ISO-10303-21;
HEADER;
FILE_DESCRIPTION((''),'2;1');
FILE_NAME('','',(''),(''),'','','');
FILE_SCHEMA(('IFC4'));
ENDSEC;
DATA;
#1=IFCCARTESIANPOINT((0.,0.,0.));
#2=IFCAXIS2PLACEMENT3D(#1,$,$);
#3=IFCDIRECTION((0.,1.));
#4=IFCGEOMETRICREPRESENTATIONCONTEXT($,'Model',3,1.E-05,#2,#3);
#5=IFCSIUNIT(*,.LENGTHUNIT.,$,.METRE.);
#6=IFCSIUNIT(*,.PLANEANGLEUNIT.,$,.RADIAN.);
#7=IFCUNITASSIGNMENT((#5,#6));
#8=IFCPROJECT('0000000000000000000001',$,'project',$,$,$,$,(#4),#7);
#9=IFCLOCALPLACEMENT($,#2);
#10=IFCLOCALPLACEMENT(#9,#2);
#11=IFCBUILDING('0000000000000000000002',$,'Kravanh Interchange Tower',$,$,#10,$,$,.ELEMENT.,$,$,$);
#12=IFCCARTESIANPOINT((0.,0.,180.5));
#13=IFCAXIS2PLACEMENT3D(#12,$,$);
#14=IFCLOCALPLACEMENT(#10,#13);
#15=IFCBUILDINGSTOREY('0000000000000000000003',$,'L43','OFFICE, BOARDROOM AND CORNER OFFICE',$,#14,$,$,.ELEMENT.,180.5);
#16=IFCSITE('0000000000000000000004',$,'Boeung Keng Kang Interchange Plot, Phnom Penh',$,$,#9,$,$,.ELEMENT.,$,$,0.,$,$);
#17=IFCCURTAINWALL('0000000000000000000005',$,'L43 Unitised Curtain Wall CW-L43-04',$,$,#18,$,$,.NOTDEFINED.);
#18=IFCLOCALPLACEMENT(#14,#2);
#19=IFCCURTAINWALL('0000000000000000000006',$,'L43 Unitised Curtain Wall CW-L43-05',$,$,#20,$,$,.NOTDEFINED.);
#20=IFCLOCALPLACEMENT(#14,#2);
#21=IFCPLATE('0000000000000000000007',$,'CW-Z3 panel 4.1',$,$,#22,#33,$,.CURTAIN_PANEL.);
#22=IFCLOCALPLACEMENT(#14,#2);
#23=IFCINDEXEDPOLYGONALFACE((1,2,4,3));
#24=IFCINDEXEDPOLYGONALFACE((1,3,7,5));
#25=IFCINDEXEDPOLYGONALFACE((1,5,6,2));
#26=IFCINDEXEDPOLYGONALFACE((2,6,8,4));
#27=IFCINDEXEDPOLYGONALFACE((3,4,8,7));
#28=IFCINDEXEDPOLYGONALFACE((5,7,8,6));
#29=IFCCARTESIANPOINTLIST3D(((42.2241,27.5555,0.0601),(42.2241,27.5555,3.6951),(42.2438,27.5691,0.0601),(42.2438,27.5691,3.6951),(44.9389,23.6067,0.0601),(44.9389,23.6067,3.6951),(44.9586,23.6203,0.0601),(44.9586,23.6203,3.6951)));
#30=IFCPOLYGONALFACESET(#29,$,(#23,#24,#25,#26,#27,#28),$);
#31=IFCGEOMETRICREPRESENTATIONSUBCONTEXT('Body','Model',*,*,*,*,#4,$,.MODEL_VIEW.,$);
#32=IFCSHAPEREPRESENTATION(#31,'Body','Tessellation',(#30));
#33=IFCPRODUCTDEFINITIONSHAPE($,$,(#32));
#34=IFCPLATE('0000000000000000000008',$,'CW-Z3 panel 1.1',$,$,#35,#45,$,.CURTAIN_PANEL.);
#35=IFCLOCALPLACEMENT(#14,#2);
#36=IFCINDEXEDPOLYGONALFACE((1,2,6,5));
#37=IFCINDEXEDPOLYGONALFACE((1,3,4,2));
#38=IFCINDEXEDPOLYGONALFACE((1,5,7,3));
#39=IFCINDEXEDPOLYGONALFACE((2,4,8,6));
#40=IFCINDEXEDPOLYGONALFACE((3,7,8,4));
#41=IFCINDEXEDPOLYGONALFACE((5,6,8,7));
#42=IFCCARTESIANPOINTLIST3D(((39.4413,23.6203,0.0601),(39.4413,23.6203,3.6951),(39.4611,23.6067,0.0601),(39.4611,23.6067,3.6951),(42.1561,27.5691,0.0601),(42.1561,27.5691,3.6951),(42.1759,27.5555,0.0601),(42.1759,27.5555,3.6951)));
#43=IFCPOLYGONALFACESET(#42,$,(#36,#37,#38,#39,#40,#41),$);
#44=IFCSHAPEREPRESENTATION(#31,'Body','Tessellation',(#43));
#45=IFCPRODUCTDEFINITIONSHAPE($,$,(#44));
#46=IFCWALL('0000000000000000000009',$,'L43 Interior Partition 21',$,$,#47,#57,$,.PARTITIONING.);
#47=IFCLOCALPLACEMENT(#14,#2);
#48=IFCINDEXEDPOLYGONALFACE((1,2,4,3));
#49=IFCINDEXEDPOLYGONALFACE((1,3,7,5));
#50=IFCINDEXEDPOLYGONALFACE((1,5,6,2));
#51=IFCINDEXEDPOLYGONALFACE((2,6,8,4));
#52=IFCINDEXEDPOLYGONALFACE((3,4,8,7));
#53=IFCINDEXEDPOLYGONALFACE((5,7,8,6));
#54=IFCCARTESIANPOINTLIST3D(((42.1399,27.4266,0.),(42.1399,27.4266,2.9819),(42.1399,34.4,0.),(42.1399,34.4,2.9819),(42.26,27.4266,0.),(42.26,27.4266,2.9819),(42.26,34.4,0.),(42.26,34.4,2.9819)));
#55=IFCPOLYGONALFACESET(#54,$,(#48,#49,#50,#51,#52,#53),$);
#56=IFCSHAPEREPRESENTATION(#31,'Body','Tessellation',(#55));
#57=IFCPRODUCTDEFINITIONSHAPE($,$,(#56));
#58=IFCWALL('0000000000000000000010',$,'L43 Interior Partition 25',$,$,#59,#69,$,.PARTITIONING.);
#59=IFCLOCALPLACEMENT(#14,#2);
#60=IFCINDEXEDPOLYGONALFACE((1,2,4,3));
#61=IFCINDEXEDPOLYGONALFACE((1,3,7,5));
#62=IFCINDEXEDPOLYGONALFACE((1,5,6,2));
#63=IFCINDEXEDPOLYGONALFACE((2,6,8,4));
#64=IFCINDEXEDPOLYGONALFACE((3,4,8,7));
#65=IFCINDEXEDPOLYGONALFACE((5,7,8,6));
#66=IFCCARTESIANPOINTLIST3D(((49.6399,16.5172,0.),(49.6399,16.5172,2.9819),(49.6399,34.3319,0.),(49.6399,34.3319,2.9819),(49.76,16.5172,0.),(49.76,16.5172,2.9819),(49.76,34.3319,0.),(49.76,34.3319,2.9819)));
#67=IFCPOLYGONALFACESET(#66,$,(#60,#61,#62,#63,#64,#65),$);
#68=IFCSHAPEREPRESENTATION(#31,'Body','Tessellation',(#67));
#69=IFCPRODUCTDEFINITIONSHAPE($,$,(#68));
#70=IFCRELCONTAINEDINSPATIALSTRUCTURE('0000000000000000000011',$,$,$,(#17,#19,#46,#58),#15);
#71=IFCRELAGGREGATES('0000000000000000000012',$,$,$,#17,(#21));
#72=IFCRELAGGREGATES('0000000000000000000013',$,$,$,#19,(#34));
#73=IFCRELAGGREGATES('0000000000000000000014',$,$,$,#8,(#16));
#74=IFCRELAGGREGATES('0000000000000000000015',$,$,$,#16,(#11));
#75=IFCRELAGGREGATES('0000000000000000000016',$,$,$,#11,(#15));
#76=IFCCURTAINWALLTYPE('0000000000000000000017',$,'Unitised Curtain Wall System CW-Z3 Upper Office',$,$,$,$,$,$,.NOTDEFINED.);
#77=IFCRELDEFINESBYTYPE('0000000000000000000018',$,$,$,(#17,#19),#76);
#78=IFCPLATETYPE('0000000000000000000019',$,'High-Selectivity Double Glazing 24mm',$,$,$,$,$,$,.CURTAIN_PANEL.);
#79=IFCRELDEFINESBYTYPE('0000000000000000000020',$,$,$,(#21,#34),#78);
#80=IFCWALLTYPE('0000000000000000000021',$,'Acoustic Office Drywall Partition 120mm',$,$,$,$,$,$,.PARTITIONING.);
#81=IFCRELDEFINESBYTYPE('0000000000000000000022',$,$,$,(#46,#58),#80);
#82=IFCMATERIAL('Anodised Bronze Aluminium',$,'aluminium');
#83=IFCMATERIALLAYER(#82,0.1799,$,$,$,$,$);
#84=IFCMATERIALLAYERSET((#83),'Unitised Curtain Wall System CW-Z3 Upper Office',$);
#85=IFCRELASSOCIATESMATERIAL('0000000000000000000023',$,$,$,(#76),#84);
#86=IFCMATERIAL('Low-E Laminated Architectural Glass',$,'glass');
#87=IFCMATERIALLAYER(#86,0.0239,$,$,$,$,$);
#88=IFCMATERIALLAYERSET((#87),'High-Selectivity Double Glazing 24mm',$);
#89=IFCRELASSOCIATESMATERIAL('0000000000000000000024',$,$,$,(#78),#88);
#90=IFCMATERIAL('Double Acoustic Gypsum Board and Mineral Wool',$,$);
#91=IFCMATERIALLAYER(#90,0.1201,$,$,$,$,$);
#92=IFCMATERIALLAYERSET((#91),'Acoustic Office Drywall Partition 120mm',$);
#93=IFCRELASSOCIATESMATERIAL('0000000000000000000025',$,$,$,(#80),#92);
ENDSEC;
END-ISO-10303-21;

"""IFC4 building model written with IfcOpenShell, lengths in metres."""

from ifc_helpers import new_model, si_unit, direction, frame, frame_2d, origin, origin_2d, place, context, subcontext, project, spatial, rectangle, extrude, material, layer, layer_set, type_object, element, aggregate, save


model = new_model("IFC4")

# Units and contexts
model_context = context("Model", 3, precision=1e-05, world=origin(), true_north=direction((0.0, 1.0)))
body_context = subcontext(model_context, "Body", "Model", "MODEL_VIEW")
ifc_project = project(units=[si_unit("LENGTHUNIT", "METRE"), si_unit("PLANEANGLEUNIT", "RADIAN")], contexts=[model_context])

# Site, building, storey
site_placement = place(None, origin())
site = spatial("IfcSite", under=ifc_project, at=site_placement, Name="Boeung Keng Kang Interchange Plot, Phnom Penh", CompositionType="ELEMENT", RefElevation=0.0)
building_placement = place(site_placement, origin())
building = spatial("IfcBuilding", under=site, at=building_placement, Name="Kravanh Interchange Tower", CompositionType="ELEMENT")
storey_placement = place(building_placement, frame((0.0, 0.0, 180.5)))
storey = spatial("IfcBuildingStorey", under=building, at=storey_placement, Name="L43", Description="OFFICE, BOARDROOM AND CORNER OFFICE", CompositionType="ELEMENT", Elevation=180.5)

# Shared definitions
ifc_material_1 = material(Name="Anodised Bronze Aluminium", Category="aluminium")
ifc_layer_1 = layer(ifc_material_1, 0.1799)
ifc_layer_set_1 = layer_set([ifc_layer_1], Name="Unitised Curtain Wall System CW-Z3 Upper Office")
curtain_wall_type = type_object("IfcCurtainWallType", Name="Unitised Curtain Wall System CW-Z3 Upper Office", PredefinedType="NOTDEFINED", material=ifc_layer_set_1)

# Curtain walls
curtain_wall_1_placement = place(storey_placement, origin())
curtain_wall_1 = element("IfcCurtainWall", 1, at=curtain_wall_1_placement, inside=storey, type_object=curtain_wall_type, Name="L43 Unitised Curtain Wall CW-L43-04", PredefinedType="NOTDEFINED")
curtain_wall_2_placement = place(storey_placement, origin())
curtain_wall_2 = element("IfcCurtainWall", 2, at=curtain_wall_2_placement, inside=storey, type_object=curtain_wall_type, Name="L43 Unitised Curtain Wall CW-L43-05", PredefinedType="NOTDEFINED")

# Plates
ifc_material_2 = material(Name="Low-E Laminated Architectural Glass", Category="glass")
ifc_layer_2 = layer(ifc_material_2, 0.0239)
ifc_layer_set_2 = layer_set([ifc_layer_2], Name="High-Selectivity Double Glazing 24mm")
plate_type = type_object("IfcPlateType", Name="High-Selectivity Double Glazing 24mm", PredefinedType="CURTAIN_PANEL", material=ifc_layer_set_2)
plate_1_placement = place(storey_placement, frame((43.5913, 25.5879, 0.0601), z_axis=(0.0, 0.0, 1.0), x_axis=(-0.566528, 0.824042, 0.0)))
plate_1 = element("IfcPlate", 3, at=plate_1_placement, type_object=plate_type, Name="CW-Z3 panel 4.1", PredefinedType="CURTAIN_PANEL", context=body_context, shape_type="SweptSolid", body=[
    extrude(rectangle(XDim=4.792, YDim=0.0239, at=origin_2d()), origin(), (0.0, 0.0, 1.0), 3.635),
])
aggregate(curtain_wall_1, [plate_1])
plate_2_placement = place(storey_placement, frame((40.8086, 25.5879, 0.0601), z_axis=(0.0, 0.0, 1.0), x_axis=(-0.566528, -0.824042, 0.0)))
plate_2 = element("IfcPlate", 4, at=plate_2_placement, type_object=plate_type, Name="CW-Z3 panel 1.1", PredefinedType="CURTAIN_PANEL", context=body_context, shape_type="SweptSolid", body=[
    extrude(rectangle(XDim=4.792, YDim=0.0239, at=origin_2d()), origin(), (0.0, 0.0, 1.0), 3.635),
])
aggregate(curtain_wall_2, [plate_2])

# Walls
ifc_material_3 = material(Name="Double Acoustic Gypsum Board and Mineral Wool")
ifc_layer_3 = layer(ifc_material_3, 0.1201)
ifc_layer_set_3 = layer_set([ifc_layer_3], Name="Acoustic Office Drywall Partition 120mm")
wall_type = type_object("IfcWallType", Name="Acoustic Office Drywall Partition 120mm", PredefinedType="PARTITIONING", material=ifc_layer_set_3)
wall_1_placement = place(storey_placement, frame((42.2, 27.4265, 0.0), z_axis=(0.0, 0.0, 1.0), x_axis=(0.0, 1.0, 0.0)))
element("IfcWall", 5, at=wall_1_placement, inside=storey, type_object=wall_type, Name="L43 Interior Partition 21", PredefinedType="PARTITIONING", context=body_context, shape_type="SweptSolid", body=[
    extrude(rectangle(XDim=6.9734, YDim=0.1201, at=frame_2d((3.4868, 0.0))), origin(), (0.0, 0.0, 1.0), 2.9819),
])
wall_2_placement = place(storey_placement, frame((49.7, 16.5173, 0.0), z_axis=(0.0, 0.0, 1.0), x_axis=(0.0, 1.0, 0.0)))
element("IfcWall", 6, at=wall_2_placement, inside=storey, type_object=wall_type, Name="L43 Interior Partition 25", PredefinedType="PARTITIONING", context=body_context, shape_type="SweptSolid", body=[
    extrude(rectangle(XDim=17.8147, YDim=0.1201, at=frame_2d((8.9072, 0.0))), origin(), (0.0, 0.0, 1.0), 2.9819),
])

save(model, "model.ifc")
